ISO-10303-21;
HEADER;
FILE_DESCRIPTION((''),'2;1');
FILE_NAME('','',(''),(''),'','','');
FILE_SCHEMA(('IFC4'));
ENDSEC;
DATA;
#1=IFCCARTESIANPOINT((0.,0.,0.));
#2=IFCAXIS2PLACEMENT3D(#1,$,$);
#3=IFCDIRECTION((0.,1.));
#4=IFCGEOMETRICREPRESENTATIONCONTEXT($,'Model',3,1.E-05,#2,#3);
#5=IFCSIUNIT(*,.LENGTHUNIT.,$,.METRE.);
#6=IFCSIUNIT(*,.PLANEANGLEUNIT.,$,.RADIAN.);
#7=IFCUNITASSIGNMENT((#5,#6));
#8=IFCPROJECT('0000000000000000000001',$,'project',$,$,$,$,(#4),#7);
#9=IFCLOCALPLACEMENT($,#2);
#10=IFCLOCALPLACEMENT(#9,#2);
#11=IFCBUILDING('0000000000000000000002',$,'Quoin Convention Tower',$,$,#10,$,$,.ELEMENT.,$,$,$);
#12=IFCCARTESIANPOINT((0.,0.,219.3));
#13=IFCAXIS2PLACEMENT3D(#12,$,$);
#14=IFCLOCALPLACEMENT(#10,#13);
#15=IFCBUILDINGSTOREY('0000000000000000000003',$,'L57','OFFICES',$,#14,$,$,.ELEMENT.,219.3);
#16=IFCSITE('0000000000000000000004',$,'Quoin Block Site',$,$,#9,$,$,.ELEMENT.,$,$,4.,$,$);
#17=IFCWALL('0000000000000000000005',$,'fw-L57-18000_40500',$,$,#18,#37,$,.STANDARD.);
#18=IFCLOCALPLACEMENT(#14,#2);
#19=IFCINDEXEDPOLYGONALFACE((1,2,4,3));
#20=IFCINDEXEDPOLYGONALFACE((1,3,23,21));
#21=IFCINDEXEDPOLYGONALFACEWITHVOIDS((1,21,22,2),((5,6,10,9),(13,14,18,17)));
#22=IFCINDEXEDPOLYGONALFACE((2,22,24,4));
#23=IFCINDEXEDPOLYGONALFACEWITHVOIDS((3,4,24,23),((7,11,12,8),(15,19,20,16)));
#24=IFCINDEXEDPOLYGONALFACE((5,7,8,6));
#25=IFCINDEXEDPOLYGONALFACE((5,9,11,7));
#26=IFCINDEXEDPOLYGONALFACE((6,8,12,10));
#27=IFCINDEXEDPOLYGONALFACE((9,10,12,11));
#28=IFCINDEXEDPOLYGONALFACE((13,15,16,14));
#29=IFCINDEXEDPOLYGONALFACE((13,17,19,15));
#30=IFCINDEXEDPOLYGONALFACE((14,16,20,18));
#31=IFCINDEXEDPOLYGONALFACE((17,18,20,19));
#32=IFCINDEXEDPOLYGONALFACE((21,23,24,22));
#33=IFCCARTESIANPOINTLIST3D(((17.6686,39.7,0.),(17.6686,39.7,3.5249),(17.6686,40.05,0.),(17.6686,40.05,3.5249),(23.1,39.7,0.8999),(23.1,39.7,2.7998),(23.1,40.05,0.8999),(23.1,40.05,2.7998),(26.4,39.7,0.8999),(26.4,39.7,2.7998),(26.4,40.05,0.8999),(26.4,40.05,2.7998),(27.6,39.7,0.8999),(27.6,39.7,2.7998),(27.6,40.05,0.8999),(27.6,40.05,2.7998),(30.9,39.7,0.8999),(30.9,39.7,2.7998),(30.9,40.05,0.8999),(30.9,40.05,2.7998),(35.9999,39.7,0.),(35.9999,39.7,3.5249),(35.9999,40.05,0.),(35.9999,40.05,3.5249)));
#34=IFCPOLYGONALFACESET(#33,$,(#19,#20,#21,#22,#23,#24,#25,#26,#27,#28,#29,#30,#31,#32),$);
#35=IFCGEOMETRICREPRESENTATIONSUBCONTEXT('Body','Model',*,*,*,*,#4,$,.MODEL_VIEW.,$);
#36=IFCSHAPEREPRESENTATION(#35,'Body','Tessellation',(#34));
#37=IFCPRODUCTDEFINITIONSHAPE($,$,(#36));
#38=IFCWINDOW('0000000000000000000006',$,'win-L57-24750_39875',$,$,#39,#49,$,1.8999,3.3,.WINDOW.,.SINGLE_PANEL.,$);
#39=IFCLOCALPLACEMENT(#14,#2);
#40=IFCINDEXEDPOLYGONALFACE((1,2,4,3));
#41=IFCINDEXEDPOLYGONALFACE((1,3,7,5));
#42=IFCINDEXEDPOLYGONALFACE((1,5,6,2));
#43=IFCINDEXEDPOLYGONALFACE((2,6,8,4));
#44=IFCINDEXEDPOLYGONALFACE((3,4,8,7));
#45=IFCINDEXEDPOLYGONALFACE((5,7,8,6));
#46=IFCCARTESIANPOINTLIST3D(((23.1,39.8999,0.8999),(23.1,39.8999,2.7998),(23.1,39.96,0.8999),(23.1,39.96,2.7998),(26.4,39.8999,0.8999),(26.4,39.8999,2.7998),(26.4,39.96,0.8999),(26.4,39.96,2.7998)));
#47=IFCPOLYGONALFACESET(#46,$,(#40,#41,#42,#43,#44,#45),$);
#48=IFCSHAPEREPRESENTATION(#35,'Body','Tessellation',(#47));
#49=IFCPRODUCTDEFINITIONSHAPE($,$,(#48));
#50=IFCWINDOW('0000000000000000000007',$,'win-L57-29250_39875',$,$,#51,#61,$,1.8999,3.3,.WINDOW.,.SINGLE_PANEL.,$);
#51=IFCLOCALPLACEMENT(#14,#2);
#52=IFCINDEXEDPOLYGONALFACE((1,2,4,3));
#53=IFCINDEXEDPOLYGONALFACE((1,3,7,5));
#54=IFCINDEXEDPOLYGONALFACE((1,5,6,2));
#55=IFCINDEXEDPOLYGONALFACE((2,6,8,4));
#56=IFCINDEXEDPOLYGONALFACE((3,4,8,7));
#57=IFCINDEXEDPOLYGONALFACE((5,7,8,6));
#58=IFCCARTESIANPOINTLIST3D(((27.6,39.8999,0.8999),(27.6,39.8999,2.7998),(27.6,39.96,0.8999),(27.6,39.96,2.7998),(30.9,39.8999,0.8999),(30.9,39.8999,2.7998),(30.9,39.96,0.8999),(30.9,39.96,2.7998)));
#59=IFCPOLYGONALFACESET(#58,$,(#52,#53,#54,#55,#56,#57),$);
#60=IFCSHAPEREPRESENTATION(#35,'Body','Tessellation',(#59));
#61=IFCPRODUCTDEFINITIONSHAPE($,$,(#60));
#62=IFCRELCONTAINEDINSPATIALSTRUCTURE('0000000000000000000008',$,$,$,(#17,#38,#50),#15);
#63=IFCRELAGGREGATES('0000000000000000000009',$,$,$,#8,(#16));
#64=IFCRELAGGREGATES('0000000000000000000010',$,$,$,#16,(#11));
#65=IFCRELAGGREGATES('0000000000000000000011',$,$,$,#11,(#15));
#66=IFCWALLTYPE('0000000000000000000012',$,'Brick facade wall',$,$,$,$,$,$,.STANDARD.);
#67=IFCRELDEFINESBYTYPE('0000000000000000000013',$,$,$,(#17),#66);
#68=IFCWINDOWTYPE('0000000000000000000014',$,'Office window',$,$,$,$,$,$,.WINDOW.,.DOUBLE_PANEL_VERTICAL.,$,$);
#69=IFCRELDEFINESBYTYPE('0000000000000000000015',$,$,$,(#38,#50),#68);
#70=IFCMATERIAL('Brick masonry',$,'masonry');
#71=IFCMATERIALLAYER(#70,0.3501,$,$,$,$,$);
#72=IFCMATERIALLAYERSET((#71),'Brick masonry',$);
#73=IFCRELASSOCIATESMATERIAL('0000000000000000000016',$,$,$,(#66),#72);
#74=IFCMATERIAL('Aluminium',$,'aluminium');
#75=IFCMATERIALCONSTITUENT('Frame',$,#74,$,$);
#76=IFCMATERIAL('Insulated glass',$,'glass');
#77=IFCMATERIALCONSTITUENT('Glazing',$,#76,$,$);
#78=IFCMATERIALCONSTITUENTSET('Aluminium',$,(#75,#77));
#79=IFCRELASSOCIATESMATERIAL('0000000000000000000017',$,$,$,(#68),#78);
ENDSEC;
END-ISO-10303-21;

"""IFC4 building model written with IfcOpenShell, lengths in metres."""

from ifc_helpers import new_model, si_unit, direction, frame, frame_2d, origin, place, context, subcontext, project, spatial, rectangle, extrude, material, layer, layer_set, constituent, constituent_set, type_object, element, fill, save


model = new_model("IFC4")

# Units and contexts
model_context = context("Model", 3, precision=1e-05, world=origin(), true_north=direction((0.0, 1.0)))
body_context = subcontext(model_context, "Body", "Model", "MODEL_VIEW")
ifc_project = project(units=[si_unit("LENGTHUNIT", "METRE"), si_unit("PLANEANGLEUNIT", "RADIAN")], contexts=[model_context])

# Site, building, storey
site_placement = place(None, origin())
site = spatial("IfcSite", under=ifc_project, at=site_placement, Name="Quoin Block Site", CompositionType="ELEMENT", RefElevation=4.0)
building_placement = place(site_placement, origin())
building = spatial("IfcBuilding", under=site, at=building_placement, Name="Quoin Convention Tower", CompositionType="ELEMENT")
storey_placement = place(building_placement, frame((0.0, 0.0, 219.3)))
storey = spatial("IfcBuildingStorey", under=building, at=storey_placement, Name="L57", Description="OFFICES", CompositionType="ELEMENT", Elevation=219.3)

# Wall, openings, windows
ifc_material_1 = material(Name="Brick masonry", Category="masonry")
ifc_layer_1 = layer(ifc_material_1, 0.3501)
ifc_layer_set_1 = layer_set([ifc_layer_1], Name="Brick masonry")
wall_type = type_object("IfcWallType", Name="Brick facade wall", PredefinedType="STANDARD", material=ifc_layer_set_1)
ifc_material_2 = material(Name="Aluminium", Category="aluminium")
ifc_constituent_1 = constituent(ifc_material_2, Name="Frame")
ifc_material_3 = material(Name="Insulated glass", Category="glass")
ifc_constituent_2 = constituent(ifc_material_3, Name="Glazing")
ifc_constituent_set = constituent_set(constituents=[ifc_constituent_1, ifc_constituent_2], Name="Aluminium")
window_type = type_object("IfcWindowType", Name="Office window", PartitioningType="DOUBLE_PANEL_VERTICAL", PredefinedType="WINDOW", material=ifc_constituent_set)
wall_1_placement = place(storey_placement, frame((17.6687, 39.875, 0.0), z_axis=(0.0, 0.0, 1.0), x_axis=(1.0, 0.0, 0.0)))
wall_1 = element("IfcWall", 1, at=wall_1_placement, inside=storey, type_object=wall_type, Name="fw-L57-18000_40500", PredefinedType="STANDARD", context=body_context, shape_type="SweptSolid", body=[
    extrude(rectangle(XDim=18.3313, YDim=0.3501, at=frame_2d((9.1655, 0.0))), origin(), (0.0, 0.0, 1.0), 3.5249),
])
opening_1_placement = place(wall_1_placement, frame((5.4314, 0.0, 0.8999)))
opening_1 = element("IfcOpeningElement", 2, at=opening_1_placement, cuts=wall_1, PredefinedType="OPENING", context=body_context, shape_type="SweptSolid", body=[
    extrude(rectangle(XDim=3.3, YDim=1.8999, at=frame_2d((1.6499, 0.95))), frame((0.0, 0.1851, 0.0), z_axis=(0.0, -1.0, 0.0), x_axis=(1.0, 0.0, 0.0)), (0.0, 0.0, 1.0), 0.3701),
])
opening_2_placement = place(wall_1_placement, frame((9.9314, 0.0, 0.8999)))
opening_2 = element("IfcOpeningElement", 3, at=opening_2_placement, cuts=wall_1, PredefinedType="OPENING", context=body_context, shape_type="SweptSolid", body=[
    extrude(rectangle(XDim=3.3, YDim=1.8999, at=frame_2d((1.6499, 0.95))), frame((0.0, 0.1851, 0.0), z_axis=(0.0, -1.0, 0.0), x_axis=(1.0, 0.0, 0.0)), (0.0, 0.0, 1.0), 0.3701),
])
window_1_placement = place(opening_1_placement, origin())
window_1 = element("IfcWindow", 4, at=window_1_placement, inside=storey, type_object=window_type, Name="win-L57-24750_39875", OverallHeight=1.8999, OverallWidth=3.3, PartitioningType="SINGLE_PANEL", PredefinedType="WINDOW", context=body_context, shape_type="SweptSolid", body=[
    extrude(rectangle(XDim=3.3, YDim=1.8999, at=frame_2d((1.6499, 0.95))), frame((0.0, 0.085, 0.0), z_axis=(0.0, -1.0, 0.0), x_axis=(1.0, 0.0, 0.0)), (0.0, 0.0, 1.0), 0.0601),
])
fill(opening_1, window_1)
window_2_placement = place(opening_2_placement, origin())
window_2 = element("IfcWindow", 5, at=window_2_placement, inside=storey, type_object=window_type, Name="win-L57-29250_39875", OverallHeight=1.8999, OverallWidth=3.3, PartitioningType="SINGLE_PANEL", PredefinedType="WINDOW", context=body_context, shape_type="SweptSolid", body=[
    extrude(rectangle(XDim=3.3, YDim=1.8999, at=frame_2d((1.6499, 0.95))), frame((0.0, 0.085, 0.0), z_axis=(0.0, -1.0, 0.0), x_axis=(1.0, 0.0, 0.0)), (0.0, 0.0, 1.0), 0.0601),
])
fill(opening_2, window_2)

save(model, "model.ifc")
